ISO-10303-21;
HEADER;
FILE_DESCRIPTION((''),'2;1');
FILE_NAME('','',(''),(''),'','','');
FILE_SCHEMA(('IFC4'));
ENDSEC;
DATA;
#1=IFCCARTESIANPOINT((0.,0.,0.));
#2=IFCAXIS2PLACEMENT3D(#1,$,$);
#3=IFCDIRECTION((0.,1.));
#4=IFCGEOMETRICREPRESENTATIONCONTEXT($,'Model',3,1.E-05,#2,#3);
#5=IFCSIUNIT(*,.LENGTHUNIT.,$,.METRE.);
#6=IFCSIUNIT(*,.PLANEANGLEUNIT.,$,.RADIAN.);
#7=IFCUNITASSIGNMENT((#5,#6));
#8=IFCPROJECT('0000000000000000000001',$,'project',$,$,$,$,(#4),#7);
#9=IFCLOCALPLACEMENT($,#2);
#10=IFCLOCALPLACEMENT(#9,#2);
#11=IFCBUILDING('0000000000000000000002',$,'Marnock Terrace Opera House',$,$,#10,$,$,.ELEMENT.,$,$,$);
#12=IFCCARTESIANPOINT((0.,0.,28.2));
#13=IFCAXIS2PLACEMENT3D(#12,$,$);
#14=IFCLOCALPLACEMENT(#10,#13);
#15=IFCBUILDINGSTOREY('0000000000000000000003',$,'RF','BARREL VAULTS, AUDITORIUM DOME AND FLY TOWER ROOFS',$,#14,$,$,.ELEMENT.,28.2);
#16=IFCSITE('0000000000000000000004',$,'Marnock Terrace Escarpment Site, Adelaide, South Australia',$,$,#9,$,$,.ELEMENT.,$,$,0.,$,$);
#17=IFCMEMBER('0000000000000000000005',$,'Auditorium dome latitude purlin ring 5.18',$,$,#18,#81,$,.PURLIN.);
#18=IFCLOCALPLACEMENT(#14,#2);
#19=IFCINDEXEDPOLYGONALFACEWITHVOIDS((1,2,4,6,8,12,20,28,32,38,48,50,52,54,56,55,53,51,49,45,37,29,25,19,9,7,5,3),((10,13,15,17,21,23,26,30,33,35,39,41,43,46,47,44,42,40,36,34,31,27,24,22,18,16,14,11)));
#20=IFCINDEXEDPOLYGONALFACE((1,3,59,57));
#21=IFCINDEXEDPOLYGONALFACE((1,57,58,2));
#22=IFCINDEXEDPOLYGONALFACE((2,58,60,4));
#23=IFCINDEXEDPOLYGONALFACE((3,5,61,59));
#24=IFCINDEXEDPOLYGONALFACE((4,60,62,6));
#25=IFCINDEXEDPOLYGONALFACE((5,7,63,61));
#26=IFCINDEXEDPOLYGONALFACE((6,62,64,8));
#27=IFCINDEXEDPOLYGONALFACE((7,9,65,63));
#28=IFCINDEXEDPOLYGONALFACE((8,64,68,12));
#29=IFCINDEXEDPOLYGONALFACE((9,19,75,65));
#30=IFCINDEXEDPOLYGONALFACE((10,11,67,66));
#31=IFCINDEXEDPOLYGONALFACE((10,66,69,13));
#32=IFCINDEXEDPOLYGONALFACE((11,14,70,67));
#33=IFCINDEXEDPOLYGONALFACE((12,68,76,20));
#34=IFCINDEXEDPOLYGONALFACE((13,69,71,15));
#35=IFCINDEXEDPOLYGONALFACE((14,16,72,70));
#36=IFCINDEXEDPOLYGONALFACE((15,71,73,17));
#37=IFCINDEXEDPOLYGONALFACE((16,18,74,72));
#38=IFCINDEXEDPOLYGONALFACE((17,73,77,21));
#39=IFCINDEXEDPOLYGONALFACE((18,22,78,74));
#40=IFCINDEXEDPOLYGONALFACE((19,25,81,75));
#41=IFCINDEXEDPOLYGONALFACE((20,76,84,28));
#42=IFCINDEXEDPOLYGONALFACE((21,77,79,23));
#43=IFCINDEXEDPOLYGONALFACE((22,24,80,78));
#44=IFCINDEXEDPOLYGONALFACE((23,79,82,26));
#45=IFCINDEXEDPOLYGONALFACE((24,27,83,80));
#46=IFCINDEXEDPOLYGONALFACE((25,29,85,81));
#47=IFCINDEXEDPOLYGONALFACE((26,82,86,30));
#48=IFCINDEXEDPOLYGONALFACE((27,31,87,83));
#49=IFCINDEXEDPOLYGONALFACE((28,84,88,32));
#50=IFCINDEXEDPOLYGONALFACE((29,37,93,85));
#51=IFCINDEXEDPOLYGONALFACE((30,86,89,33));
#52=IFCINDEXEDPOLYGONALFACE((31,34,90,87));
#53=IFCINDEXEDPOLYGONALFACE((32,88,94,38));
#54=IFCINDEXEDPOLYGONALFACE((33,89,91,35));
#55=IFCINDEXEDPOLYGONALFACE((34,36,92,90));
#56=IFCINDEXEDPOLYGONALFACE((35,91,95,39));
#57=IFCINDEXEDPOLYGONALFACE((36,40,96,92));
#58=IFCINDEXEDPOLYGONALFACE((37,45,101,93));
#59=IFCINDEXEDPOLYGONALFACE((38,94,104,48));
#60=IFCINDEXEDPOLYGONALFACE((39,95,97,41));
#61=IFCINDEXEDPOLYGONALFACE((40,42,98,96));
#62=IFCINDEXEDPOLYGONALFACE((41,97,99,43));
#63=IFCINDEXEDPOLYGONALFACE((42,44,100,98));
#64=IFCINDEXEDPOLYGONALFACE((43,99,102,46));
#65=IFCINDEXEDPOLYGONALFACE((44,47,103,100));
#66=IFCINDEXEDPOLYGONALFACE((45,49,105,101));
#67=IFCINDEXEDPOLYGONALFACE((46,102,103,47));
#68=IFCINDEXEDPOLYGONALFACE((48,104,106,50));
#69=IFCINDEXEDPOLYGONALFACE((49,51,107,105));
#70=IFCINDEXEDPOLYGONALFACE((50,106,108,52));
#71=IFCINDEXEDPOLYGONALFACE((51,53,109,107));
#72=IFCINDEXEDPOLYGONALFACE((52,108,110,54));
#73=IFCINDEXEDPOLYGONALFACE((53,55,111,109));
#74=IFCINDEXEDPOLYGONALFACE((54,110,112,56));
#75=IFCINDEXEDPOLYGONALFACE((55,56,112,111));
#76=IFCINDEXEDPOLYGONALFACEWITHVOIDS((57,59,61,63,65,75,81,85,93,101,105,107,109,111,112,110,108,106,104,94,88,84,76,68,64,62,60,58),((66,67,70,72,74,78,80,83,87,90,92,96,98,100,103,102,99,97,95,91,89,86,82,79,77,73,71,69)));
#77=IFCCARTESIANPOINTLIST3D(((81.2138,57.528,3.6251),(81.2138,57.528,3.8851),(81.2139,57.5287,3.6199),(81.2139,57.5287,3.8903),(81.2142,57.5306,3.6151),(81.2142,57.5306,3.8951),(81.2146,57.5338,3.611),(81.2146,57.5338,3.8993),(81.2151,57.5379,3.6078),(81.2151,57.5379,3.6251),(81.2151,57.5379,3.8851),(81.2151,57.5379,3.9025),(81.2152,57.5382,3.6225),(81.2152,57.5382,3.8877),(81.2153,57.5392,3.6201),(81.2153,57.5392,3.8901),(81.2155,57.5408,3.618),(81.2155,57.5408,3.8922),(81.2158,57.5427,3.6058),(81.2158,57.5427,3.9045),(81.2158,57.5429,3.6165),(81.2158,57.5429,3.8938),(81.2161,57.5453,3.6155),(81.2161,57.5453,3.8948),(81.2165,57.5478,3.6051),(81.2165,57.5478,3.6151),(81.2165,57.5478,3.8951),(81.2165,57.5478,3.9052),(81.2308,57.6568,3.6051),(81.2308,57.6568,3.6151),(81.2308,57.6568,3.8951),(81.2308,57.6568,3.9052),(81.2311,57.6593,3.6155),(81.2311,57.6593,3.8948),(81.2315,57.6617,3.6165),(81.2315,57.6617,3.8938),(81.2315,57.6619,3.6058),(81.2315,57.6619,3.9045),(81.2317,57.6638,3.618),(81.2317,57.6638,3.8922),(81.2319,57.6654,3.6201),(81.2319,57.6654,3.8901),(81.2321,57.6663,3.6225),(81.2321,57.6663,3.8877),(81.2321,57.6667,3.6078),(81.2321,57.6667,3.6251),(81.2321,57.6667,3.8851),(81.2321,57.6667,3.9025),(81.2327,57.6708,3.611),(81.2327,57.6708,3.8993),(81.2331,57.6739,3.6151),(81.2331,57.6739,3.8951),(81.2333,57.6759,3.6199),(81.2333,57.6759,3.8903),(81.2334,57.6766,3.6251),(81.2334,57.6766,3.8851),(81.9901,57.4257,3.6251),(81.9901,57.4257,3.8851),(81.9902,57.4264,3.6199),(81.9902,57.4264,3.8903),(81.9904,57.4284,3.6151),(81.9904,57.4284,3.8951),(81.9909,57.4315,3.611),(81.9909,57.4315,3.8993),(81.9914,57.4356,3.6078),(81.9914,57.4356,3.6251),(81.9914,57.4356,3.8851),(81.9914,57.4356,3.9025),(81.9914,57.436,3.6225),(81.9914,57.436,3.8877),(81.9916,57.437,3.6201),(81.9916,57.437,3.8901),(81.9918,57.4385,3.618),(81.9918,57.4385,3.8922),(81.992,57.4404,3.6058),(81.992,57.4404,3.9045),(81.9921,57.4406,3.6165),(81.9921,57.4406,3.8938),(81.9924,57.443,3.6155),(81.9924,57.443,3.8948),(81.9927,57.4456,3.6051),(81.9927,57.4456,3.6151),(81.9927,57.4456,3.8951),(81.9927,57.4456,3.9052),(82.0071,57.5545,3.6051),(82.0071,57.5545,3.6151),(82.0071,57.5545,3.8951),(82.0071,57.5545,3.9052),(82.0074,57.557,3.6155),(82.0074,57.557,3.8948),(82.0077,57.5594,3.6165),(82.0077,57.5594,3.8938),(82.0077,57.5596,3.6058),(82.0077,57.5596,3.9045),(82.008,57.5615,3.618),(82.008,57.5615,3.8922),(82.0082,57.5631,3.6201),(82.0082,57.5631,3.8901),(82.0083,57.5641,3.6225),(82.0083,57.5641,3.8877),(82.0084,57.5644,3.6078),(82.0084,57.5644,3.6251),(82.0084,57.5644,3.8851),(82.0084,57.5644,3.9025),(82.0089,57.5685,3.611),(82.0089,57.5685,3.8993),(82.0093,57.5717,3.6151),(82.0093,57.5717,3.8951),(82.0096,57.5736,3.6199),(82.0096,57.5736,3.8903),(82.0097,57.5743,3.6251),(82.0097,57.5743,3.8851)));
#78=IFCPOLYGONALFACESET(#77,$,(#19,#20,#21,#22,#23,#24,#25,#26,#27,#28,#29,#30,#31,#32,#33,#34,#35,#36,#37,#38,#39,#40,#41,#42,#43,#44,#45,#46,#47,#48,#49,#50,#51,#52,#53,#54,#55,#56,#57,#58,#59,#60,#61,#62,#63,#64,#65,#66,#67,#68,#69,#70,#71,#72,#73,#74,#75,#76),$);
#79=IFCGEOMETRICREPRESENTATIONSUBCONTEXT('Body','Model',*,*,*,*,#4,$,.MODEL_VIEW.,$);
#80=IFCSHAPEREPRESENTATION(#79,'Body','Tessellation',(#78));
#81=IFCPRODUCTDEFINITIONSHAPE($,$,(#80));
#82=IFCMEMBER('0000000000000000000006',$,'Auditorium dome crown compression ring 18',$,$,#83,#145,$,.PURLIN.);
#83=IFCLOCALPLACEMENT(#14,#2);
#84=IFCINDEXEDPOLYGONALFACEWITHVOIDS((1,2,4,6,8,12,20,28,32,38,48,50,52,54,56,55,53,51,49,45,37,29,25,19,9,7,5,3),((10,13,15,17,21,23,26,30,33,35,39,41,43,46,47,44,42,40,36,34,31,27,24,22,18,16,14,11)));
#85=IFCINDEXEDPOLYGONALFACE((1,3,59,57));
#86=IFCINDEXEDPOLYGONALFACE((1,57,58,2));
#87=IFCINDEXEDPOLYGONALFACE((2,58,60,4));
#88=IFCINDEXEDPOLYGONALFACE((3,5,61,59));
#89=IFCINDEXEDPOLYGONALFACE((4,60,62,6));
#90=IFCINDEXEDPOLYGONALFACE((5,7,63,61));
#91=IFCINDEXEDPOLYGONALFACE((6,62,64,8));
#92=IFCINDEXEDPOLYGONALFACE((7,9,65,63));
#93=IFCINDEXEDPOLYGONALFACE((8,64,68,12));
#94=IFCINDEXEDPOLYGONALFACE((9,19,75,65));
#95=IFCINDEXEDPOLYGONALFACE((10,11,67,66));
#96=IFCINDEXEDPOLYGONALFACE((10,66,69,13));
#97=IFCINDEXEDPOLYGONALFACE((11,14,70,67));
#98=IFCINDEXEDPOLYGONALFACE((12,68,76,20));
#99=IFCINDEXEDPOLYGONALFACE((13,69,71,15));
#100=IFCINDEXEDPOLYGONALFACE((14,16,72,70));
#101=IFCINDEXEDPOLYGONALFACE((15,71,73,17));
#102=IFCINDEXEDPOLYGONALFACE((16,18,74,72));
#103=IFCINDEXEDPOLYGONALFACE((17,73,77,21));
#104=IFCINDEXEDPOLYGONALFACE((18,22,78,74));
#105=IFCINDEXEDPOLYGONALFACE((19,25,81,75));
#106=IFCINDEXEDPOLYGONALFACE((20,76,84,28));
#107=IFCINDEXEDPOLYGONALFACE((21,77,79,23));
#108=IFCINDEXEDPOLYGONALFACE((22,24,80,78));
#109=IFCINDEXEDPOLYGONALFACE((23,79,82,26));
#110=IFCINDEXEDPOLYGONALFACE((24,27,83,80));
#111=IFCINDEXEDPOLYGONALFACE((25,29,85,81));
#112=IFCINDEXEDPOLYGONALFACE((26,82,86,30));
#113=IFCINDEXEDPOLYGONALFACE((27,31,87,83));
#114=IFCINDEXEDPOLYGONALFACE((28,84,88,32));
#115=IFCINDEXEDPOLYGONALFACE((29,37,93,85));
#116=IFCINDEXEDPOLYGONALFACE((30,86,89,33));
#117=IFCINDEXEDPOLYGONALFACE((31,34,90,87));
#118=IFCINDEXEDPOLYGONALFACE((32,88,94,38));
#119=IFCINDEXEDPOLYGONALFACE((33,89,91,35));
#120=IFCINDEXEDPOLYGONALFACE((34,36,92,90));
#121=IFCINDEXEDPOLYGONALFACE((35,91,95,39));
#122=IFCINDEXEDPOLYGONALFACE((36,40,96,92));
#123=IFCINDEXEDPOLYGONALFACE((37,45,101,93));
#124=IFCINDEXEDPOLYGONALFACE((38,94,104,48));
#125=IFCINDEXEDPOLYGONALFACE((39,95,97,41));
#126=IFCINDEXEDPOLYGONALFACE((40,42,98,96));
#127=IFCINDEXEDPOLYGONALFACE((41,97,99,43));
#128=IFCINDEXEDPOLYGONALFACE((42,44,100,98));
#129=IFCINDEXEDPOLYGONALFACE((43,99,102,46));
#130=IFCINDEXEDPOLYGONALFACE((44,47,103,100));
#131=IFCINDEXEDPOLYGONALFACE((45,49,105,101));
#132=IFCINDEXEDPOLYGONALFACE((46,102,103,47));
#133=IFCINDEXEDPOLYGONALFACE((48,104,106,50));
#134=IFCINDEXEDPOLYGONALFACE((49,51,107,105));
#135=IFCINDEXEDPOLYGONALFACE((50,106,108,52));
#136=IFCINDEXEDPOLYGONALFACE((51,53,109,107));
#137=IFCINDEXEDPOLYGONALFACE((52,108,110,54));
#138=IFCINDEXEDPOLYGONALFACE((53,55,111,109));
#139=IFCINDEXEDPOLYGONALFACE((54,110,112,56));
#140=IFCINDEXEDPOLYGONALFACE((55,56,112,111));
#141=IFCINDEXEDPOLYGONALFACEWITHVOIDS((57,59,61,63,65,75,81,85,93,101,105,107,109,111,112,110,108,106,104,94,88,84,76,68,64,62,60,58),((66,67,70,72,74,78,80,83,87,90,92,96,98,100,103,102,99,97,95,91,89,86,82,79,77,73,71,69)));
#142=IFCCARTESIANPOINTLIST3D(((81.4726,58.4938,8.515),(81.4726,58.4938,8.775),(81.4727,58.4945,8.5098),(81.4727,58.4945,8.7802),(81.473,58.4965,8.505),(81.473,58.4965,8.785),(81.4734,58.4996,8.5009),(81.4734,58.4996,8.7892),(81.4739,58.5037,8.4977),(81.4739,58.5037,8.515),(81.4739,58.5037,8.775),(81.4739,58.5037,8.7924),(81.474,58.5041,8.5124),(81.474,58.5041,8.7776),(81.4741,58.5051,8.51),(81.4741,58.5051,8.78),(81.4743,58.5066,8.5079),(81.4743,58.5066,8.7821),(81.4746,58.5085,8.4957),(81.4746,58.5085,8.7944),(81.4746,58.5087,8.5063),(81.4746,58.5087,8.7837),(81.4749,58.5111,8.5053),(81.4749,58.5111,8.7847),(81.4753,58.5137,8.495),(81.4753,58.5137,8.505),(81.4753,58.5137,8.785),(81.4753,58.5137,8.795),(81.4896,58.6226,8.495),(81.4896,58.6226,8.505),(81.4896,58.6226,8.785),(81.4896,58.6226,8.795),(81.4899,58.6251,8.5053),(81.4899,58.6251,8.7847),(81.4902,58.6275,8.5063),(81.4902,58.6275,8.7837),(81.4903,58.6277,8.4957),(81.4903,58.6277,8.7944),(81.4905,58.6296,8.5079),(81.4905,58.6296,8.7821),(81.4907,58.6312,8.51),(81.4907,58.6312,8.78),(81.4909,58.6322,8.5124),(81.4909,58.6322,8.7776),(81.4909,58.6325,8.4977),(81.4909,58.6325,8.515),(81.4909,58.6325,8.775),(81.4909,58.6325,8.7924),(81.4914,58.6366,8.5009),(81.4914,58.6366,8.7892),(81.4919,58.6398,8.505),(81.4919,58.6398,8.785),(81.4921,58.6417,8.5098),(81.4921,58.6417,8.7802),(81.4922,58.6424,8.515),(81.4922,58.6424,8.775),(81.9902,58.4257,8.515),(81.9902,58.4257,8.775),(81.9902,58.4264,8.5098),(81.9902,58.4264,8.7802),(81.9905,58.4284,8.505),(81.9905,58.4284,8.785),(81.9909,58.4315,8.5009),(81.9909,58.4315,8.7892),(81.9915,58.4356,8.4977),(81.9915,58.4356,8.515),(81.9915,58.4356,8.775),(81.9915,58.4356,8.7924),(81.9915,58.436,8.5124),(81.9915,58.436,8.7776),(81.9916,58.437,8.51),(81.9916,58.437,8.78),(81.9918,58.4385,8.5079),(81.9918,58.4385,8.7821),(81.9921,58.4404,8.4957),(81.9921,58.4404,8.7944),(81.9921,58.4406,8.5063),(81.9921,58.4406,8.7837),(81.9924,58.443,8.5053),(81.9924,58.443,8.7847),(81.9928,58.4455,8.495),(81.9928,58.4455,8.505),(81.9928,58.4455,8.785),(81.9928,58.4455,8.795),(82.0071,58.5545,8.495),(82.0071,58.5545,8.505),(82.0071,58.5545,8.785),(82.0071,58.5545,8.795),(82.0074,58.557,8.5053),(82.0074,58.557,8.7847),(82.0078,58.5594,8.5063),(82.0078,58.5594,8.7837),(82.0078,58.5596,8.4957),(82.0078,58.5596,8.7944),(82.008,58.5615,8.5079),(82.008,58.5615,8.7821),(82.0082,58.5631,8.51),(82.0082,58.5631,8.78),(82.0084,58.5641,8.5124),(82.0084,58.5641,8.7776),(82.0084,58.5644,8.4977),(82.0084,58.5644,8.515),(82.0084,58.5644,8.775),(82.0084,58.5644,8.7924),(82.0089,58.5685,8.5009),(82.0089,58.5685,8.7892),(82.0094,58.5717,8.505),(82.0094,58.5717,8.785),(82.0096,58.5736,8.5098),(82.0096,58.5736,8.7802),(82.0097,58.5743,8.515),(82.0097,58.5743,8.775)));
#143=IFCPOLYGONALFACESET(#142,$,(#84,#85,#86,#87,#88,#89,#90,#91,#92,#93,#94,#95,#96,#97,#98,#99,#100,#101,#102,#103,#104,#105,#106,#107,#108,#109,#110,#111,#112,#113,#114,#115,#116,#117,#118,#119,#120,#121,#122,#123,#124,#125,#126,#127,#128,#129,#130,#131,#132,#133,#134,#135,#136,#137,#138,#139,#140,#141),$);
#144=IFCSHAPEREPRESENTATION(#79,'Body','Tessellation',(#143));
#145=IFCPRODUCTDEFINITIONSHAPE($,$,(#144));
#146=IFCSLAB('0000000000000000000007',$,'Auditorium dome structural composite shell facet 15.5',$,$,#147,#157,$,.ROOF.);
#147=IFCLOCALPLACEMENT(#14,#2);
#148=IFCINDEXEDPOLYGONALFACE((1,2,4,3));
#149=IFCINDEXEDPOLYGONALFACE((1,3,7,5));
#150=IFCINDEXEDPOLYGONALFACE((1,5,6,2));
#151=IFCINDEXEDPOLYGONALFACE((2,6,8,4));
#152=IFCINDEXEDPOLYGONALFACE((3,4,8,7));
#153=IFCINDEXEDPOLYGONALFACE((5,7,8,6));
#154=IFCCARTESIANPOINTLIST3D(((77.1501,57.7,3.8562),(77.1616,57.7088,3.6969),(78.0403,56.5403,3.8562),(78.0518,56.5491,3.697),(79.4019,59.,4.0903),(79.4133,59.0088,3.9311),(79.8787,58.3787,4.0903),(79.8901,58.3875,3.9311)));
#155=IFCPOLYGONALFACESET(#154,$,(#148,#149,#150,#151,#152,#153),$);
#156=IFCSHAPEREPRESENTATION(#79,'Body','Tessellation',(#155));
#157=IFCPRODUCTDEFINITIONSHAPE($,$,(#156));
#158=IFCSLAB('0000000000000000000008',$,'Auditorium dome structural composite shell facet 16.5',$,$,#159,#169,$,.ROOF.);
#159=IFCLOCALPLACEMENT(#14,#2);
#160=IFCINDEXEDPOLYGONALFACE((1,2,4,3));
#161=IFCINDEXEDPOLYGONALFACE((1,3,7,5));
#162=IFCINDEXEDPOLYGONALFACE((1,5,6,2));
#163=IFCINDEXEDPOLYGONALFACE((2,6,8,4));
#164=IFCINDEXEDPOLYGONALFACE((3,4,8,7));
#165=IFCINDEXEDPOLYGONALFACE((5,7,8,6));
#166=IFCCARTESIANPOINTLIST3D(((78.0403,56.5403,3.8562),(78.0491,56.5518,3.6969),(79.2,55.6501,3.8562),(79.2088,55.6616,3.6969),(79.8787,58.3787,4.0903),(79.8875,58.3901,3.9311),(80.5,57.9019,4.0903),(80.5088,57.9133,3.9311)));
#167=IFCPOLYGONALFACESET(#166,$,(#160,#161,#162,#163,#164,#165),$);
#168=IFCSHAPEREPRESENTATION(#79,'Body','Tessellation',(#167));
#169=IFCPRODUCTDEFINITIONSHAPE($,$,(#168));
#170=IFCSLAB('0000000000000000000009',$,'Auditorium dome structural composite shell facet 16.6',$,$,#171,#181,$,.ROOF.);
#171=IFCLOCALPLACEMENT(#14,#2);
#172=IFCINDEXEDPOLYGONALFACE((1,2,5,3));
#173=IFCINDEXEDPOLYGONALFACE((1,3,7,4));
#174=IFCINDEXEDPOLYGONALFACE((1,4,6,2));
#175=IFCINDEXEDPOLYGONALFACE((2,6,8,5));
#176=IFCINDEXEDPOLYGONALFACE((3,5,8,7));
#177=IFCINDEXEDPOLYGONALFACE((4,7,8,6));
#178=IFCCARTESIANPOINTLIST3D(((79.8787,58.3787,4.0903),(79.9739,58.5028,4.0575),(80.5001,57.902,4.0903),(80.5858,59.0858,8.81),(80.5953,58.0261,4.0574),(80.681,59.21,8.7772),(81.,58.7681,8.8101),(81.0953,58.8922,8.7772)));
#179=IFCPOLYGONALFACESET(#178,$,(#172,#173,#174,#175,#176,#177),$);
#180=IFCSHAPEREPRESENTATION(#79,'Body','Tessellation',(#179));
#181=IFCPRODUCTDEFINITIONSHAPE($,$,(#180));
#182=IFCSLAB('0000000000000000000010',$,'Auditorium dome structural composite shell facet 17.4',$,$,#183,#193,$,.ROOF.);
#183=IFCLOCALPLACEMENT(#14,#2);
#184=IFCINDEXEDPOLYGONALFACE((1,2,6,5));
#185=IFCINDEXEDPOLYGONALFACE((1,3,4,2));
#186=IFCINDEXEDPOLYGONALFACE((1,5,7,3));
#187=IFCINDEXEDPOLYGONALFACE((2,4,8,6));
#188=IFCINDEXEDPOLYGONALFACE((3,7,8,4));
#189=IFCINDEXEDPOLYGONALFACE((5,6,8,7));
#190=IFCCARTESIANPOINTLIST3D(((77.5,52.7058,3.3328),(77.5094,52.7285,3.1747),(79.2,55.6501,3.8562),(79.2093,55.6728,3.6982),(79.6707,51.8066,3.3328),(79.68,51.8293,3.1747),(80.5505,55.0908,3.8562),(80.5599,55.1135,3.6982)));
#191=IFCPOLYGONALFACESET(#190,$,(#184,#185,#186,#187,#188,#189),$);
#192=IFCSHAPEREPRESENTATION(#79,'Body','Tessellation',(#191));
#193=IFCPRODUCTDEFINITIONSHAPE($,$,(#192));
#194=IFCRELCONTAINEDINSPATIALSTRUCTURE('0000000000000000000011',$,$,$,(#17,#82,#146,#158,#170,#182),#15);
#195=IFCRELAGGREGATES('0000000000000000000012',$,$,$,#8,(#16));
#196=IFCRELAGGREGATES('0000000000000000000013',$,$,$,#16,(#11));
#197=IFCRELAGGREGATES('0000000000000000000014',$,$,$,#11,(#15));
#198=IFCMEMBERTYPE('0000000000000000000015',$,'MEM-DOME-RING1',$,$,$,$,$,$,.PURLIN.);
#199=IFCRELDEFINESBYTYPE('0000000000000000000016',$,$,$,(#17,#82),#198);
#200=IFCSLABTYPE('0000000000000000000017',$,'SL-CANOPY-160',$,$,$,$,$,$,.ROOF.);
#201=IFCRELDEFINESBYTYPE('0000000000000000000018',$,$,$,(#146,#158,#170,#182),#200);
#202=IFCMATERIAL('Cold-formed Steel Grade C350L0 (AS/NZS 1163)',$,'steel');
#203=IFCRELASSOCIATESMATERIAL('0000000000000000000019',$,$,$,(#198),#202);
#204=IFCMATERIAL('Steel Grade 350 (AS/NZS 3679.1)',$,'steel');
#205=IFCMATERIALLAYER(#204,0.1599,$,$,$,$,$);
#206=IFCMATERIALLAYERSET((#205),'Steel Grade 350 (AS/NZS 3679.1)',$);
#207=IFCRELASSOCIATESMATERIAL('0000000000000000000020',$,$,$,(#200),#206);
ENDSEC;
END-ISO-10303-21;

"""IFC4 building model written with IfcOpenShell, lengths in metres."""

from ifc_helpers import new_model, si_unit, direction, frame, origin, origin_2d, place, context, subcontext, project, spatial, polyline, hollow_rectangle, outline, extrude, material, layer, layer_set, material_profile, profile_set, type_object, element, save


model = new_model("IFC4")

# Units and contexts
model_context = context("Model", 3, precision=1e-05, world=origin(), true_north=direction((0.0, 1.0)))
body_context = subcontext(model_context, "Body", "Model", "MODEL_VIEW")
ifc_project = project(units=[si_unit("LENGTHUNIT", "METRE"), si_unit("PLANEANGLEUNIT", "RADIAN")], contexts=[model_context])

# Site, building, storey
site_placement = place(None, origin())
site = spatial("IfcSite", under=ifc_project, at=site_placement, Name="Marnock Terrace Escarpment Site, Adelaide, South Australia", CompositionType="ELEMENT", RefElevation=0.0)
building_placement = place(site_placement, origin())
building = spatial("IfcBuilding", under=site, at=building_placement, Name="Marnock Terrace Opera House", CompositionType="ELEMENT")
storey_placement = place(building_placement, frame((0.0, 0.0, 28.2)))
storey = spatial("IfcBuildingStorey", under=building, at=storey_placement, Name="RF", Description="BARREL VAULTS, AUDITORIUM DOME AND FLY TOWER ROOFS", CompositionType="ELEMENT", Elevation=28.2)

# Members
ifc_material_1 = material(Name="Cold-formed Steel Grade C350L0 (AS/NZS 1163)", Category="steel")
ifc_material_profile_1 = material_profile(ifc_material_1, hollow_rectangle(XDim=0.1499, YDim=0.3, WallThickness=0.01, InnerFilletRadius=0.01, OuterFilletRadius=0.02, at=origin_2d()))
ifc_profile_set_1 = profile_set([ifc_material_profile_1], Name="Cold-formed Steel Grade C350L0 (AS/NZS 1163)")
member_type_1 = type_object("IfcMemberType", Name="MEM-DOME-RING1", PredefinedType="PURLIN", material=ifc_profile_set_1)
member_1_placement = place(storey_placement, frame((81.2236, 57.6023, 3.7551), z_axis=(0.991431, -0.130632, 0.0), x_axis=(0.130632, 0.991431, 0.0)))
element("IfcMember", 1, at=member_1_placement, inside=storey, type_object=member_type_1, Name="Auditorium dome latitude purlin ring 5.18", PredefinedType="PURLIN", context=body_context, shape_type="SweptSolid", body=[
    extrude(hollow_rectangle(XDim=0.1499, YDim=0.3, WallThickness=0.01, InnerFilletRadius=0.01, OuterFilletRadius=0.02, at=origin_2d()), origin(), (0.0, 0.0, 1.0), 0.783),
])
member_2_placement = place(storey_placement, frame((81.4824, 58.5681, 8.645), z_axis=(0.991451, -0.130479, 0.0), x_axis=(0.130479, 0.991451, 0.0)))
element("IfcMember", 2, at=member_2_placement, inside=storey, type_object=member_type_1, Name="Auditorium dome crown compression ring 18", PredefinedType="PURLIN", context=body_context, shape_type="SweptSolid", body=[
    extrude(hollow_rectangle(XDim=0.1499, YDim=0.3, WallThickness=0.01, InnerFilletRadius=0.01, OuterFilletRadius=0.02, at=origin_2d()), origin(), (0.0, 0.0, 1.0), 0.522),
])

# Slabs
ifc_material_2 = material(Name="Steel Grade 350 (AS/NZS 3679.1)", Category="steel")
ifc_layer_1 = layer(ifc_material_2, 0.1599)
ifc_layer_set_1 = layer_set([ifc_layer_1], Name="Steel Grade 350 (AS/NZS 3679.1)")
slab_type = type_object("IfcSlabType", Name="SL-CANOPY-160", PredefinedType="ROOF", material=ifc_layer_set_1)
slab_1_placement = place(storey_placement, frame((77.1501, 57.7, 3.8562), z_axis=(-0.071757, -0.055075, 0.9959), x_axis=(0.608887, -0.793257, 0.000004)))
element("IfcSlab", 3, at=slab_1_placement, inside=storey, type_object=slab_type, Name="Auditorium dome structural composite shell facet 15.5", PredefinedType="ROOF", context=body_context, shape_type="SweptSolid", body=[
    extrude(outline(polyline([(0.0, 0.0), (1.4619, 0.0), (1.123, 2.5883), (0.3398, 2.5884), (0.0, 0.0)])), origin(), (0.0, 0.0, -1.0), 0.1599),
])
slab_2_placement = place(storey_placement, frame((78.0403, 56.5403, 3.8562), z_axis=(-0.055075, -0.071757, 0.9959), x_axis=(0.793257, -0.608887, -0.000004)))
element("IfcSlab", 4, at=slab_2_placement, inside=storey, type_object=slab_type, Name="Auditorium dome structural composite shell facet 16.5", PredefinedType="ROOF", context=body_context, shape_type="SweptSolid", body=[
    extrude(outline(polyline([(0.0, 0.0), (1.4619, 0.0), (1.1221, 2.5884), (0.3389, 2.5883), (0.0, 0.0)])), origin(), (0.0, 0.0, -1.0), 0.1599),
])
slab_3_placement = place(storey_placement, frame((79.8787, 58.3787, 4.0903), z_axis=(-0.595643, -0.776496, 0.205581), x_axis=(0.793439, -0.60865, -0.000037)))
element("IfcSlab", 5, at=slab_3_placement, inside=storey, type_object=slab_type, Name="Auditorium dome structural composite shell facet 16.6", PredefinedType="ROOF", context=body_context, shape_type="SweptSolid", body=[
    extrude(outline(polyline([(0.0, 0.0), (0.7832, 0.0), (0.6525, 4.8228), (0.1305, 4.8227), (0.0, 0.0)])), origin(), (0.0, 0.0, -1.0), 0.1599),
])
slab_4_placement = place(storey_placement, frame((77.5, 52.7058, 3.3328), z_axis=(-0.058719, -0.141766, 0.988157), x_axis=(0.923871, -0.382703, -0.000005)))
element("IfcSlab", 6, at=slab_4_placement, inside=storey, type_object=slab_type, Name="Auditorium dome structural composite shell facet 17.4", PredefinedType="ROOF", context=body_context, shape_type="SweptSolid", body=[
    extrude(outline(polyline([(0.0, 0.0), (2.3495, 0.0), (1.9056, 3.4113), (0.4437, 3.4112), (0.0, 0.0)])), origin(), (0.0, 0.0, -1.0), 0.1599),
])

save(model, "model.ifc")
